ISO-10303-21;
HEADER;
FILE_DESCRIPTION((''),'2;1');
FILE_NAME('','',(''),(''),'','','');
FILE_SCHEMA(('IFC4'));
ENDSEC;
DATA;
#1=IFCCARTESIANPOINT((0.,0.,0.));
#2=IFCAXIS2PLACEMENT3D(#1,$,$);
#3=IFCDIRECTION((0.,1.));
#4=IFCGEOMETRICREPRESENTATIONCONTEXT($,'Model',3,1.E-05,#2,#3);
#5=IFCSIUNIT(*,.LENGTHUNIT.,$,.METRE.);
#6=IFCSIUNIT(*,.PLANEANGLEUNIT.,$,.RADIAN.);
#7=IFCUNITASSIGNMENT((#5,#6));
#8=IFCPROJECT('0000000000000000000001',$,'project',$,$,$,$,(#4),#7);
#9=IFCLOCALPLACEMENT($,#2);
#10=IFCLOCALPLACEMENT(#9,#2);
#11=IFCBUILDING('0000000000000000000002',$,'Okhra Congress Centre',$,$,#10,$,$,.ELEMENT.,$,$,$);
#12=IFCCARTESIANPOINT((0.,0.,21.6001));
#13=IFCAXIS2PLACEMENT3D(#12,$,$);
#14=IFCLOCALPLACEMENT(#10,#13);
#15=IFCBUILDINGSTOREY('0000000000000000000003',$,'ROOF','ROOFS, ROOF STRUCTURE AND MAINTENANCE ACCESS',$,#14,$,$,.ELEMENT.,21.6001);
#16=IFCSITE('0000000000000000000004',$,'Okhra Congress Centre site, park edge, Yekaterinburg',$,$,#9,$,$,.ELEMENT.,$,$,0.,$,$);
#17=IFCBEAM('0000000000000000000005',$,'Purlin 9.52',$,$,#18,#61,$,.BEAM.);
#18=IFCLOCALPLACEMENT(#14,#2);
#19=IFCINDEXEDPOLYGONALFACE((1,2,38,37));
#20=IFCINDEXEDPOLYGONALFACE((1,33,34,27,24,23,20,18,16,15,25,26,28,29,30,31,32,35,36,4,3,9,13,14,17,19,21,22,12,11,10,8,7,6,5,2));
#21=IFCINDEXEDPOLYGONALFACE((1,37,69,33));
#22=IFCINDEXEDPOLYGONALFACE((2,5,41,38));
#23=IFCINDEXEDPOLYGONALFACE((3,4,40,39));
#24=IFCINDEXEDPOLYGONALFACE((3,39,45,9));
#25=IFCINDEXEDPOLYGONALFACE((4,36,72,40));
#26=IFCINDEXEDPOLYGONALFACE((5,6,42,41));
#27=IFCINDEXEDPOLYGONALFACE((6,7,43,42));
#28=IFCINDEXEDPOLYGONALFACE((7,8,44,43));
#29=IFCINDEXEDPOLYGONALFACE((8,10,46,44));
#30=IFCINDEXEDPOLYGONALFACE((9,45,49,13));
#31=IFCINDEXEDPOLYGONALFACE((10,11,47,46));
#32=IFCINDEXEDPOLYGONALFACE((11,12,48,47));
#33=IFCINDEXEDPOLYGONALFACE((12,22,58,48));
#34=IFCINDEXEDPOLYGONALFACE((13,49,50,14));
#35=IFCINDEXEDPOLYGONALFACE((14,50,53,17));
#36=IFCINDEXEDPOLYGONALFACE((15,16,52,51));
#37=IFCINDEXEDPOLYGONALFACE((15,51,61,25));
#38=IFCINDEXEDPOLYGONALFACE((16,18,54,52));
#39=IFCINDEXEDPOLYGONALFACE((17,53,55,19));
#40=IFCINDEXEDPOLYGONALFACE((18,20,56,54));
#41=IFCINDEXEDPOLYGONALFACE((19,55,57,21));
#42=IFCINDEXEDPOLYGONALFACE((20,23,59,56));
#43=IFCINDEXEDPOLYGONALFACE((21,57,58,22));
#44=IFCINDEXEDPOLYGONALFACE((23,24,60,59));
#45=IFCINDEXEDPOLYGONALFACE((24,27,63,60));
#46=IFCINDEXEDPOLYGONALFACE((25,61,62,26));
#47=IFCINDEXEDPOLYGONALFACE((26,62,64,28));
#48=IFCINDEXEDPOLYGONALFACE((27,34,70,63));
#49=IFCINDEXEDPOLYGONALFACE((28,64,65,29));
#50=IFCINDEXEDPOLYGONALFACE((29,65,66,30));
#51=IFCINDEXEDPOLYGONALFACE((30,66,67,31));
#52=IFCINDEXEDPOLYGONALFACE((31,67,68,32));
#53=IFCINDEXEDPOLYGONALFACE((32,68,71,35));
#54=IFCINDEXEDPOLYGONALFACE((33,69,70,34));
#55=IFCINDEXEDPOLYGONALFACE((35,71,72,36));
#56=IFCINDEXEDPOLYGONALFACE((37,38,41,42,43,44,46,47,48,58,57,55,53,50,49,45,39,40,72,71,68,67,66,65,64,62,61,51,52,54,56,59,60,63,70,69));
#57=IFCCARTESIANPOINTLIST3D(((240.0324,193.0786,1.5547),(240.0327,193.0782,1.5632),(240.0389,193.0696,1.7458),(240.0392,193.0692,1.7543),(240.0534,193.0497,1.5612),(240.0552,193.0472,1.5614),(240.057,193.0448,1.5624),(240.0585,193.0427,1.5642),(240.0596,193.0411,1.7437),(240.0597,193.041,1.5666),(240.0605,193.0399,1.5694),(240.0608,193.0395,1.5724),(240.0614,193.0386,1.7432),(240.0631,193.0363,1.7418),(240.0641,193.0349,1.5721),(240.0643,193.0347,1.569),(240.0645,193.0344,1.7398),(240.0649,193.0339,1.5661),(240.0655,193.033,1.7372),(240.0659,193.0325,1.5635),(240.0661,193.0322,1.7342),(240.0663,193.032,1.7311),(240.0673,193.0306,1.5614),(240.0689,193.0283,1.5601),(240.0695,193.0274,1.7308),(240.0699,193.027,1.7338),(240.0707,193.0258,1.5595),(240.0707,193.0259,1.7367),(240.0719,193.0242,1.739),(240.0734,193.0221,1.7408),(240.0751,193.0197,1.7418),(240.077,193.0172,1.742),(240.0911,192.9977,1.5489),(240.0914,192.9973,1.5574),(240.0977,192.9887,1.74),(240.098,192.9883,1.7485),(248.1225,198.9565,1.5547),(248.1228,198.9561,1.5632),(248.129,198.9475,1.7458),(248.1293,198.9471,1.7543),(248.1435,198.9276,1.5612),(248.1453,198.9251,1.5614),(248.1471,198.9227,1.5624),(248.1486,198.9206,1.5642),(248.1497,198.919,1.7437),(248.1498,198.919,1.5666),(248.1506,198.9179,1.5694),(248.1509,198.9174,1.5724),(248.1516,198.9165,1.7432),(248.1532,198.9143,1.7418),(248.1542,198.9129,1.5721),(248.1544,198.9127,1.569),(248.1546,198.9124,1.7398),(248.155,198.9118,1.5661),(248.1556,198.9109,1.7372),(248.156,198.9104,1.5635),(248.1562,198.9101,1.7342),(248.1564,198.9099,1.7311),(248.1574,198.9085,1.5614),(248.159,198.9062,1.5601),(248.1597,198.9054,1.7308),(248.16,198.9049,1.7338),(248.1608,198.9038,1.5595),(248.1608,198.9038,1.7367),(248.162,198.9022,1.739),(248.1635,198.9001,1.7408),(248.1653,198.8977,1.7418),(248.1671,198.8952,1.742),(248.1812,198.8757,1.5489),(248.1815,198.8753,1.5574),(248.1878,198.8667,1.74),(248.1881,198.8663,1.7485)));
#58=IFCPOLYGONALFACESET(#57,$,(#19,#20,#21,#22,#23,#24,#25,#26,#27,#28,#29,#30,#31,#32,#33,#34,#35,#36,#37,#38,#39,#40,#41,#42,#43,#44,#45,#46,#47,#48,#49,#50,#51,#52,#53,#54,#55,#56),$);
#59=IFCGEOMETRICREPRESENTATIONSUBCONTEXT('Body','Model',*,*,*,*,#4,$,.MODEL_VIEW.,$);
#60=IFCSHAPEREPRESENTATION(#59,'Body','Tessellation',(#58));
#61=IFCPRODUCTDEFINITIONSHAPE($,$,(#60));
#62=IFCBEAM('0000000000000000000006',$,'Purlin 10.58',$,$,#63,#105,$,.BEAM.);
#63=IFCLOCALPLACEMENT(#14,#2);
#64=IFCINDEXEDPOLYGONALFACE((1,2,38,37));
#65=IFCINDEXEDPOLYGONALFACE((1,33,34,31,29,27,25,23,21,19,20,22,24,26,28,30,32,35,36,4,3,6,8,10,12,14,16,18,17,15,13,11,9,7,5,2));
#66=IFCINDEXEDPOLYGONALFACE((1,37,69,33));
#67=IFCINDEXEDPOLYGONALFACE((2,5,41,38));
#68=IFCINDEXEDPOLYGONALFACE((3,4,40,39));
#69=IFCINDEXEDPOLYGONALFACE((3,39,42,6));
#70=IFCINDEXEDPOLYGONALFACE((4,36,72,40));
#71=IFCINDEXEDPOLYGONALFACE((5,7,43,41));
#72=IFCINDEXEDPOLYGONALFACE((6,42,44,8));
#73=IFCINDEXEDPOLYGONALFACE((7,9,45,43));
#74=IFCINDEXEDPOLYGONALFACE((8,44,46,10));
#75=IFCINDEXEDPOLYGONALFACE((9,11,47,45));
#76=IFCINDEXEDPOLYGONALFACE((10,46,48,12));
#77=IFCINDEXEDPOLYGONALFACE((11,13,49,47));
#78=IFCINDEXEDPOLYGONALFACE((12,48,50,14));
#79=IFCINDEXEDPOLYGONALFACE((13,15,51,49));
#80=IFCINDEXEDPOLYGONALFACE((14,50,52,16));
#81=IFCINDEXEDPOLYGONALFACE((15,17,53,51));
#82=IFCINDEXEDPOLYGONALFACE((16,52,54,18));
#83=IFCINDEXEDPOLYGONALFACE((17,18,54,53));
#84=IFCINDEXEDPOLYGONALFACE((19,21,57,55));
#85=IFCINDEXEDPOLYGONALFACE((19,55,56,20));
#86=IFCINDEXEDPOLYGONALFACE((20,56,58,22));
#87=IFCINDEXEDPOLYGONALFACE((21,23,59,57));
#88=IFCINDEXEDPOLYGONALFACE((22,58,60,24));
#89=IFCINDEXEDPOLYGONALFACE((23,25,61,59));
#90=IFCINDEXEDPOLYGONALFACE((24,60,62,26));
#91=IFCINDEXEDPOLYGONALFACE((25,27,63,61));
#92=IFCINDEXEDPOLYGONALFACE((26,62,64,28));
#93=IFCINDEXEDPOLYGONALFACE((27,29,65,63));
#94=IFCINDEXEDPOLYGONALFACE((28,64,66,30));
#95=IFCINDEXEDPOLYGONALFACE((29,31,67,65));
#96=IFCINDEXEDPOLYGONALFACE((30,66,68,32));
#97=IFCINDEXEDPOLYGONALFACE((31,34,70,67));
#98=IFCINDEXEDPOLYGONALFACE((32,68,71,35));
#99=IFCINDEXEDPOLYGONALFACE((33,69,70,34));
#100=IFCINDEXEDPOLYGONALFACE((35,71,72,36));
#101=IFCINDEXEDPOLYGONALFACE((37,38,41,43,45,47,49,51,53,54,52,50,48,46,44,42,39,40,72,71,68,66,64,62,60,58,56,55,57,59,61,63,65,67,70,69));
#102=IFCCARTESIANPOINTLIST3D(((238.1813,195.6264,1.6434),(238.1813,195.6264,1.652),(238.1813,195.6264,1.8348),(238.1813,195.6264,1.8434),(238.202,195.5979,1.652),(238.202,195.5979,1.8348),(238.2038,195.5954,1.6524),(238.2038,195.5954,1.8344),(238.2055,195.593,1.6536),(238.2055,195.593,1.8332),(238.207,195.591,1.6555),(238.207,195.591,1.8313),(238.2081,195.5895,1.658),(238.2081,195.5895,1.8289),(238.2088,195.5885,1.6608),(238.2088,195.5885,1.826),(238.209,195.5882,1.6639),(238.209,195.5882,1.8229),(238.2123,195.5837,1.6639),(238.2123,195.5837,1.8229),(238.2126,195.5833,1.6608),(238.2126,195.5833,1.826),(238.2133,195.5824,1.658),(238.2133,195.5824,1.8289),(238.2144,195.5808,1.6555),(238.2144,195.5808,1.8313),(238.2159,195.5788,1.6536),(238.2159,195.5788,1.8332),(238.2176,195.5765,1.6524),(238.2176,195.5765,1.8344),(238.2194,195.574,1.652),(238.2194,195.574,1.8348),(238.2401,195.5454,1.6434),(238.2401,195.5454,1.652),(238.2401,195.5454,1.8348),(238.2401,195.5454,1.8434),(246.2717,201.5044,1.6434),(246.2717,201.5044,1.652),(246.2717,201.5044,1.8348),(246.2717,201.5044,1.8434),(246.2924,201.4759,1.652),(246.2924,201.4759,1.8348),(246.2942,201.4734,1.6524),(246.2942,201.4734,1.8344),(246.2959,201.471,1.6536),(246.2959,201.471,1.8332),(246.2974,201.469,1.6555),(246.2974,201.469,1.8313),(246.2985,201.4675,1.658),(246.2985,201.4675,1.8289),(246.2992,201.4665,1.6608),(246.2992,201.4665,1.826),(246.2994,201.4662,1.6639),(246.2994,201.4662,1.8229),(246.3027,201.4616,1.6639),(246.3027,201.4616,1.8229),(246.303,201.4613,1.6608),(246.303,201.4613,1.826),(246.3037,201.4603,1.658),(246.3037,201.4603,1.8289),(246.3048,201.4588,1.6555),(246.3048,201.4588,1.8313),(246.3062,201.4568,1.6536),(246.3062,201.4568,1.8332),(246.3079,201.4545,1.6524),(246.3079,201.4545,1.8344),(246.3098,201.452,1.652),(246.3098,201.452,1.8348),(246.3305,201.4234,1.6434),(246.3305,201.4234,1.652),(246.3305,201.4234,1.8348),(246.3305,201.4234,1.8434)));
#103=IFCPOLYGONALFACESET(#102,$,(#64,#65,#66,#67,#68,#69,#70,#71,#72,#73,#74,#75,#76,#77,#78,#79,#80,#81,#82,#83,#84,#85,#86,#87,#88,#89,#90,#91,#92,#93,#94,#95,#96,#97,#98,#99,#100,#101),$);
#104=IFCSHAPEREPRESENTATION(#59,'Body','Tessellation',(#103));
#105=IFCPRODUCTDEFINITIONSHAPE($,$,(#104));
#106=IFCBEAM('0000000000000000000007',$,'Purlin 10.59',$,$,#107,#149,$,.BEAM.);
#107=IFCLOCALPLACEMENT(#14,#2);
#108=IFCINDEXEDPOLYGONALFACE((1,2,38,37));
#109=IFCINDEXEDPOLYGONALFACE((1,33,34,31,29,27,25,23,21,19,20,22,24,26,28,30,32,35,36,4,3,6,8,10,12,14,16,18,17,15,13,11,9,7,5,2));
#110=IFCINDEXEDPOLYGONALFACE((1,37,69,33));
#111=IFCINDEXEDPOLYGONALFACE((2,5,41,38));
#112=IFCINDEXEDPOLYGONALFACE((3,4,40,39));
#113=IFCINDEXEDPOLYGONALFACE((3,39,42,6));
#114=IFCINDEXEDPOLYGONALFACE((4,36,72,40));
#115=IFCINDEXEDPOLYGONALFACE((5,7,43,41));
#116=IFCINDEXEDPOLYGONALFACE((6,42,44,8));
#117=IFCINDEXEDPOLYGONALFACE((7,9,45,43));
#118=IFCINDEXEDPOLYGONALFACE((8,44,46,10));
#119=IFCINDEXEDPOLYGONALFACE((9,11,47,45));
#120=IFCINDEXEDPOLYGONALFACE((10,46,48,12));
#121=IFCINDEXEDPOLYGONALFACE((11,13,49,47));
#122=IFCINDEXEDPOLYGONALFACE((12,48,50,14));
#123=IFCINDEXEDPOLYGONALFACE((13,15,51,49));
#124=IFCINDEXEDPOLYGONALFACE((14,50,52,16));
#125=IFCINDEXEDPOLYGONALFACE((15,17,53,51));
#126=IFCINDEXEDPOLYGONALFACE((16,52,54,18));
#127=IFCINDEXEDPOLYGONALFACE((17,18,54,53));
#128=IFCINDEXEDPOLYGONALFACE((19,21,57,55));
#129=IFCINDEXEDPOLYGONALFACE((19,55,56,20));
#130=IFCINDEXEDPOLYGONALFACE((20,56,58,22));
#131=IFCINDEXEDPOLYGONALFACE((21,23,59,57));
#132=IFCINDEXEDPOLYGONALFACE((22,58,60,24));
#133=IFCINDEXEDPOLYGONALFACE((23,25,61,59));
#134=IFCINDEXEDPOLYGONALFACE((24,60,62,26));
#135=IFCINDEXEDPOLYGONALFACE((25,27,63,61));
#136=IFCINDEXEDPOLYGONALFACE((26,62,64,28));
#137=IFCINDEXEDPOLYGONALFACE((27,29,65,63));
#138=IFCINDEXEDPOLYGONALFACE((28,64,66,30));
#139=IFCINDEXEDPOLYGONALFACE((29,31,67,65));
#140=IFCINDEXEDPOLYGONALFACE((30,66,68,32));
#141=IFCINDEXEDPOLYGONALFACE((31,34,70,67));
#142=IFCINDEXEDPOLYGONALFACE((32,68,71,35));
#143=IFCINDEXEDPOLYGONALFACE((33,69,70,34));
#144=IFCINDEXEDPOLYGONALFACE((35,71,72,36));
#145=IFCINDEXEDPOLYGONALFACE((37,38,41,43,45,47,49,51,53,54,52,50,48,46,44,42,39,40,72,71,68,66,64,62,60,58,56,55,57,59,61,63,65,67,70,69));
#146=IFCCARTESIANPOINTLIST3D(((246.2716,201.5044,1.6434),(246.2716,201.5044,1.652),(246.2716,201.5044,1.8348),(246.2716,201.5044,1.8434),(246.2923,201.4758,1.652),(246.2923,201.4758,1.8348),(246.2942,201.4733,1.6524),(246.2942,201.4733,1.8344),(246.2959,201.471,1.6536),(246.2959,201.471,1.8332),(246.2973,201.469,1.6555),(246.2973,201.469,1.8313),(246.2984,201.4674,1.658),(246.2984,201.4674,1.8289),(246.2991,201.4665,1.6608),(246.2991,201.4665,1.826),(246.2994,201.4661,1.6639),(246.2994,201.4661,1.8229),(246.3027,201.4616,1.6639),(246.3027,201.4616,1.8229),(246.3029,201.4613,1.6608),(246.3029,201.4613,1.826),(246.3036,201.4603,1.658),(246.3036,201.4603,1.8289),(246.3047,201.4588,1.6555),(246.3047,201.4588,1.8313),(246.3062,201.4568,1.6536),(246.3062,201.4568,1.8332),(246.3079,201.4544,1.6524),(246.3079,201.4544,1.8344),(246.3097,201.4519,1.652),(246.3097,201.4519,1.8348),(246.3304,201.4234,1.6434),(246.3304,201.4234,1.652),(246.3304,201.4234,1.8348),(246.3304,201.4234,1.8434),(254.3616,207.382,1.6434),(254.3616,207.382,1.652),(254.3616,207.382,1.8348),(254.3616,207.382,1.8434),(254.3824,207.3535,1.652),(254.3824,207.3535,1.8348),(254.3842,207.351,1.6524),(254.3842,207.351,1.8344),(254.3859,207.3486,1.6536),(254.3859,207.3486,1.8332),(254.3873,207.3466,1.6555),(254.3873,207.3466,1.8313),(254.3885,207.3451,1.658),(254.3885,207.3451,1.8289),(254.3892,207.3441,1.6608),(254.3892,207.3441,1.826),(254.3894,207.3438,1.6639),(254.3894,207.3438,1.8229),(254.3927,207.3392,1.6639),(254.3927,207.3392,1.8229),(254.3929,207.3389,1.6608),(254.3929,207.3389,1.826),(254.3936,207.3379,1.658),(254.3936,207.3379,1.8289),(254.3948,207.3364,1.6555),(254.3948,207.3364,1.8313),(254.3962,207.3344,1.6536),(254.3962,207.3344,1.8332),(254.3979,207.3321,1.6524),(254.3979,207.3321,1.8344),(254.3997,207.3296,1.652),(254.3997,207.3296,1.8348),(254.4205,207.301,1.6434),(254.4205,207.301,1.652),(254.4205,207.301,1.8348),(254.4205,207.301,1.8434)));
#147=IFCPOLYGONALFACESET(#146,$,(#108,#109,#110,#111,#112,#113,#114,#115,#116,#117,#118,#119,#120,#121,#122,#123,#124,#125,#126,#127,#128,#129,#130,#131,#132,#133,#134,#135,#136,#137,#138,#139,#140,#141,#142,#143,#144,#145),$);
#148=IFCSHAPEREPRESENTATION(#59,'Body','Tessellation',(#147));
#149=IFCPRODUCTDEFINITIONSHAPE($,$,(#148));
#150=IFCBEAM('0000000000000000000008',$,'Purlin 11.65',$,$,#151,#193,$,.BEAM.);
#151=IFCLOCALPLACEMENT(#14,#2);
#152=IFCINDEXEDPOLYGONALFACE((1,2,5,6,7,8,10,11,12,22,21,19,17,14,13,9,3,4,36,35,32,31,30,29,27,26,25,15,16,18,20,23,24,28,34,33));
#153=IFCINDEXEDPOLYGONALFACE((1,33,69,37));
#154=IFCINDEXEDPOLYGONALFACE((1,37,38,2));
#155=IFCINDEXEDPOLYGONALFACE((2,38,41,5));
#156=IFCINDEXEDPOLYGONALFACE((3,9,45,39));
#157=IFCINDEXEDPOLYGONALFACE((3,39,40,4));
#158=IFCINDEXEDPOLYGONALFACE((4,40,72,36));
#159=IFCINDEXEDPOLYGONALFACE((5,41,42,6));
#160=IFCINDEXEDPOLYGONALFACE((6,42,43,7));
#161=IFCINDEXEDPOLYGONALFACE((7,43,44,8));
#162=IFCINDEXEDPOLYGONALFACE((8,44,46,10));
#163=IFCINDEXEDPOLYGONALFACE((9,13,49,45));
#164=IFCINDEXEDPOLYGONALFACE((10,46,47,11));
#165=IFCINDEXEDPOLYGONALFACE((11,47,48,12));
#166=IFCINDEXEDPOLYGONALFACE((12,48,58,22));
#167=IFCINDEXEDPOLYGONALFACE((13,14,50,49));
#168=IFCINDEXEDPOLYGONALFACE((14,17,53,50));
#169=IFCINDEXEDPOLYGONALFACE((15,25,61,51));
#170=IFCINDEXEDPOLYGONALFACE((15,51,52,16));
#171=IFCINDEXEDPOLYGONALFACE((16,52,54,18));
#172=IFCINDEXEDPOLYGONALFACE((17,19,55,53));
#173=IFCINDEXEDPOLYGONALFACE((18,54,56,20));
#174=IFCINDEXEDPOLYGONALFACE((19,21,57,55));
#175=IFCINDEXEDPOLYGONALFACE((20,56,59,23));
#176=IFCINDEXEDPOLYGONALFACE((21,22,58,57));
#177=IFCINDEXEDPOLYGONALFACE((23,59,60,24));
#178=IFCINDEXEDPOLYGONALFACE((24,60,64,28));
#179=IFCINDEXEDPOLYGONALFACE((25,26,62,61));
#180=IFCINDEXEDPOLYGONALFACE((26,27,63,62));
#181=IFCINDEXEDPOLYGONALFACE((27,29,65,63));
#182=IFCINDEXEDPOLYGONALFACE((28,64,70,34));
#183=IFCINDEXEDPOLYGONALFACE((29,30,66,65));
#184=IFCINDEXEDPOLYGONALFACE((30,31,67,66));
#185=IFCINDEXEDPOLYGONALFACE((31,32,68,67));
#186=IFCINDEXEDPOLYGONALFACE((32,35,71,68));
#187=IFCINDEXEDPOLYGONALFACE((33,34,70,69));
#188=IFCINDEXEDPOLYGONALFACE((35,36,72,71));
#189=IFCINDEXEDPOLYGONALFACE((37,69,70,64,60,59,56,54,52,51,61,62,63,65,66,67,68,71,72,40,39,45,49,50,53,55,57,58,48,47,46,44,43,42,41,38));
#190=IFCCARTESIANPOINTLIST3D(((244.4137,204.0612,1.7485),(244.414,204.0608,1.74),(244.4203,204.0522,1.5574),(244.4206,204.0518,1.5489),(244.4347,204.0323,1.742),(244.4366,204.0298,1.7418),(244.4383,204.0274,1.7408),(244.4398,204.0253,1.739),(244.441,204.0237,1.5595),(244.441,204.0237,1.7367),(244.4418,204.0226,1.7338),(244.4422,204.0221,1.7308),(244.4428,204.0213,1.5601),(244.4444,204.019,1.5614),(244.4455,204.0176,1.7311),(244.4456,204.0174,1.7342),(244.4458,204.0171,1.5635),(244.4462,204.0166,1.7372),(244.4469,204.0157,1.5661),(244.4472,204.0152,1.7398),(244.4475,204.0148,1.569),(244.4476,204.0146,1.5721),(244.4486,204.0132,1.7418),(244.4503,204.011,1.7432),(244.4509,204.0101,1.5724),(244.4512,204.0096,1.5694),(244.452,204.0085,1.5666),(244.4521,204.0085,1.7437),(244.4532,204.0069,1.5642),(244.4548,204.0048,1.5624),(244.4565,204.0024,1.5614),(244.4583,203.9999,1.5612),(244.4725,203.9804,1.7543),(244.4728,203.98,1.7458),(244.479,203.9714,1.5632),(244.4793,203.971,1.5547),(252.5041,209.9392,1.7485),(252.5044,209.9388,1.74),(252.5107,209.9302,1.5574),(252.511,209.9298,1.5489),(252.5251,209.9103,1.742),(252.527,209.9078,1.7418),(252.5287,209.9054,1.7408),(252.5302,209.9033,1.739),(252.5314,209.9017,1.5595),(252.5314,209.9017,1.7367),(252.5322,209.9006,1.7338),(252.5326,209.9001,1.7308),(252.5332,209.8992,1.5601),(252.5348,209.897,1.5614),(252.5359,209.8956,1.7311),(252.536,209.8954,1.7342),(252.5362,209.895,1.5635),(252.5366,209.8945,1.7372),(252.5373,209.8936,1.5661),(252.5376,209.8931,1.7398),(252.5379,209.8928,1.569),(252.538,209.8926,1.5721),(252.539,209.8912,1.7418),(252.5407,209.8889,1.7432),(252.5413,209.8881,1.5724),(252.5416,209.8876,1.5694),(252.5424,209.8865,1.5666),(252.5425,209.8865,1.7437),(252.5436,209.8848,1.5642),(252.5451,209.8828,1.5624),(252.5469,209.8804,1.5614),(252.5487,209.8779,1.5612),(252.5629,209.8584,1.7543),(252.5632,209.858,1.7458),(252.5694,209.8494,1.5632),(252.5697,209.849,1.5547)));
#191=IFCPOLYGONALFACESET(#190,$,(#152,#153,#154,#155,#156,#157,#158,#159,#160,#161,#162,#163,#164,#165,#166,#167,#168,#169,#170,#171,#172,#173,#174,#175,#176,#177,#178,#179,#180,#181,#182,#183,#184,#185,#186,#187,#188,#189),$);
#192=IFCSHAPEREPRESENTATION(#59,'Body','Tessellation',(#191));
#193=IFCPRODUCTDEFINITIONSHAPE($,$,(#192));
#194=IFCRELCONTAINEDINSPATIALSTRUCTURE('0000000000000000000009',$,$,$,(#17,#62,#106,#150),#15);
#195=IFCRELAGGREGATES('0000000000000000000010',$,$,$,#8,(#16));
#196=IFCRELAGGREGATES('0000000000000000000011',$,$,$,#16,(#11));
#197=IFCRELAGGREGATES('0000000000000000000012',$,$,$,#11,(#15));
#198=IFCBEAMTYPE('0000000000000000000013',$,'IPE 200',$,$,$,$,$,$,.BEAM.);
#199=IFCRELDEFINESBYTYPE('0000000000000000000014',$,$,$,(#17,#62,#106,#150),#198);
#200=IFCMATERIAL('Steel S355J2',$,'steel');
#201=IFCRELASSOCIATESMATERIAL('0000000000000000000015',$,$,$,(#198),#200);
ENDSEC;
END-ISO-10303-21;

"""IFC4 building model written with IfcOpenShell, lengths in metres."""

from ifc_helpers import new_model, si_unit, direction, frame, origin, origin_2d, place, context, subcontext, project, spatial, i_section, extrude, material, material_profile, profile_set, type_object, element, save


model = new_model("IFC4")

# Units and contexts
model_context = context("Model", 3, precision=1e-05, world=origin(), true_north=direction((0.0, 1.0)))
body_context = subcontext(model_context, "Body", "Model", "MODEL_VIEW")
ifc_project = project(units=[si_unit("LENGTHUNIT", "METRE"), si_unit("PLANEANGLEUNIT", "RADIAN")], contexts=[model_context])

# Site, building, storey
site_placement = place(None, origin())
site = spatial("IfcSite", under=ifc_project, at=site_placement, Name="Okhra Congress Centre site, park edge, Yekaterinburg", CompositionType="ELEMENT", RefElevation=0.0)
building_placement = place(site_placement, origin())
building = spatial("IfcBuilding", under=site, at=building_placement, Name="Okhra Congress Centre", CompositionType="ELEMENT")
storey_placement = place(building_placement, frame((0.0, 0.0, 21.6001)))
storey = spatial("IfcBuildingStorey", under=building, at=storey_placement, Name="ROOF", Description="ROOFS, ROOF STRUCTURE AND MAINTENANCE ACCESS", CompositionType="ELEMENT", Elevation=21.6001)

# Beams
ifc_material_1 = material(Name="Steel S355J2", Category="steel")
ifc_material_profile_1 = material_profile(ifc_material_1, i_section(OverallWidth=0.1001, OverallDepth=0.2, WebThickness=0.0056, FlangeThickness=0.0085, FilletRadius=0.012, at=origin_2d()), Name="IPE 200")
ifc_profile_set_1 = profile_set([ifc_material_profile_1], Name="Steel S355J2")
beam_type = type_object("IfcBeamType", Name="IPE 200", PredefinedType="BEAM", material=ifc_profile_set_1)
for number, where, z_axis, x_axis, name in (
    (1, (240.0652, 193.0334, 1.6516), (0.80901, 0.587794, 0.0), (-0.5868, 0.807642, 0.058145), "Purlin 9.52"),
):
    element("IfcBeam", number, at=place(storey_placement, frame(where, z_axis=z_axis, x_axis=x_axis)), inside=storey, type_object=beam_type, Name=name, PredefinedType="BEAM", context=body_context, shape_type="SweptSolid", body=[
        extrude(i_section(OverallWidth=0.1001, OverallDepth=0.2, WebThickness=0.0056, FlangeThickness=0.0085, FilletRadius=0.012, at=origin_2d()), origin(), (0.0, 0.0, 1.0), 10.0),
    ])
beam_1_placement = place(storey_placement, frame((238.2107, 195.5859, 1.7434), z_axis=(0.809019, 0.587783, 0.0), x_axis=(-0.587783, 0.809019, 0.0)))
element("IfcBeam", 2, at=beam_1_placement, inside=storey, type_object=beam_type, Name="Purlin 10.58", PredefinedType="BEAM", context=body_context, shape_type="SweptSolid", body=[
    extrude(i_section(OverallWidth=0.1001, OverallDepth=0.2, WebThickness=0.0056, FlangeThickness=0.0085, FilletRadius=0.012, at=origin_2d()), origin(), (0.0, 0.0, 1.0), 10.0002),
])
beam_2_placement = place(storey_placement, frame((246.301, 201.4639, 1.7434), z_axis=(0.809022, 0.587778, 0.0), x_axis=(-0.587778, 0.809022, 0.0)))
element("IfcBeam", 3, at=beam_2_placement, inside=storey, type_object=beam_type, Name="Purlin 10.59", PredefinedType="BEAM", context=body_context, shape_type="SweptSolid", body=[
    extrude(i_section(OverallWidth=0.1001, OverallDepth=0.2, WebThickness=0.0056, FlangeThickness=0.0085, FilletRadius=0.012, at=origin_2d()), origin(), (0.0, 0.0, 1.0), 9.9998),
])
beam_3_placement = place(storey_placement, frame((244.4465, 204.0161, 1.6516), z_axis=(0.809019, 0.587783, 0.0), x_axis=(-0.586788, 0.80765, -0.058145)))
element("IfcBeam", 4, at=beam_3_placement, inside=storey, type_object=beam_type, Name="Purlin 11.65", PredefinedType="BEAM", context=body_context, shape_type="SweptSolid", body=[
    extrude(i_section(OverallWidth=0.1001, OverallDepth=0.2, WebThickness=0.0056, FlangeThickness=0.0085, FilletRadius=0.012, at=origin_2d()), origin(), (0.0, 0.0, 1.0), 10.0002),
])

save(model, "model.ifc")
